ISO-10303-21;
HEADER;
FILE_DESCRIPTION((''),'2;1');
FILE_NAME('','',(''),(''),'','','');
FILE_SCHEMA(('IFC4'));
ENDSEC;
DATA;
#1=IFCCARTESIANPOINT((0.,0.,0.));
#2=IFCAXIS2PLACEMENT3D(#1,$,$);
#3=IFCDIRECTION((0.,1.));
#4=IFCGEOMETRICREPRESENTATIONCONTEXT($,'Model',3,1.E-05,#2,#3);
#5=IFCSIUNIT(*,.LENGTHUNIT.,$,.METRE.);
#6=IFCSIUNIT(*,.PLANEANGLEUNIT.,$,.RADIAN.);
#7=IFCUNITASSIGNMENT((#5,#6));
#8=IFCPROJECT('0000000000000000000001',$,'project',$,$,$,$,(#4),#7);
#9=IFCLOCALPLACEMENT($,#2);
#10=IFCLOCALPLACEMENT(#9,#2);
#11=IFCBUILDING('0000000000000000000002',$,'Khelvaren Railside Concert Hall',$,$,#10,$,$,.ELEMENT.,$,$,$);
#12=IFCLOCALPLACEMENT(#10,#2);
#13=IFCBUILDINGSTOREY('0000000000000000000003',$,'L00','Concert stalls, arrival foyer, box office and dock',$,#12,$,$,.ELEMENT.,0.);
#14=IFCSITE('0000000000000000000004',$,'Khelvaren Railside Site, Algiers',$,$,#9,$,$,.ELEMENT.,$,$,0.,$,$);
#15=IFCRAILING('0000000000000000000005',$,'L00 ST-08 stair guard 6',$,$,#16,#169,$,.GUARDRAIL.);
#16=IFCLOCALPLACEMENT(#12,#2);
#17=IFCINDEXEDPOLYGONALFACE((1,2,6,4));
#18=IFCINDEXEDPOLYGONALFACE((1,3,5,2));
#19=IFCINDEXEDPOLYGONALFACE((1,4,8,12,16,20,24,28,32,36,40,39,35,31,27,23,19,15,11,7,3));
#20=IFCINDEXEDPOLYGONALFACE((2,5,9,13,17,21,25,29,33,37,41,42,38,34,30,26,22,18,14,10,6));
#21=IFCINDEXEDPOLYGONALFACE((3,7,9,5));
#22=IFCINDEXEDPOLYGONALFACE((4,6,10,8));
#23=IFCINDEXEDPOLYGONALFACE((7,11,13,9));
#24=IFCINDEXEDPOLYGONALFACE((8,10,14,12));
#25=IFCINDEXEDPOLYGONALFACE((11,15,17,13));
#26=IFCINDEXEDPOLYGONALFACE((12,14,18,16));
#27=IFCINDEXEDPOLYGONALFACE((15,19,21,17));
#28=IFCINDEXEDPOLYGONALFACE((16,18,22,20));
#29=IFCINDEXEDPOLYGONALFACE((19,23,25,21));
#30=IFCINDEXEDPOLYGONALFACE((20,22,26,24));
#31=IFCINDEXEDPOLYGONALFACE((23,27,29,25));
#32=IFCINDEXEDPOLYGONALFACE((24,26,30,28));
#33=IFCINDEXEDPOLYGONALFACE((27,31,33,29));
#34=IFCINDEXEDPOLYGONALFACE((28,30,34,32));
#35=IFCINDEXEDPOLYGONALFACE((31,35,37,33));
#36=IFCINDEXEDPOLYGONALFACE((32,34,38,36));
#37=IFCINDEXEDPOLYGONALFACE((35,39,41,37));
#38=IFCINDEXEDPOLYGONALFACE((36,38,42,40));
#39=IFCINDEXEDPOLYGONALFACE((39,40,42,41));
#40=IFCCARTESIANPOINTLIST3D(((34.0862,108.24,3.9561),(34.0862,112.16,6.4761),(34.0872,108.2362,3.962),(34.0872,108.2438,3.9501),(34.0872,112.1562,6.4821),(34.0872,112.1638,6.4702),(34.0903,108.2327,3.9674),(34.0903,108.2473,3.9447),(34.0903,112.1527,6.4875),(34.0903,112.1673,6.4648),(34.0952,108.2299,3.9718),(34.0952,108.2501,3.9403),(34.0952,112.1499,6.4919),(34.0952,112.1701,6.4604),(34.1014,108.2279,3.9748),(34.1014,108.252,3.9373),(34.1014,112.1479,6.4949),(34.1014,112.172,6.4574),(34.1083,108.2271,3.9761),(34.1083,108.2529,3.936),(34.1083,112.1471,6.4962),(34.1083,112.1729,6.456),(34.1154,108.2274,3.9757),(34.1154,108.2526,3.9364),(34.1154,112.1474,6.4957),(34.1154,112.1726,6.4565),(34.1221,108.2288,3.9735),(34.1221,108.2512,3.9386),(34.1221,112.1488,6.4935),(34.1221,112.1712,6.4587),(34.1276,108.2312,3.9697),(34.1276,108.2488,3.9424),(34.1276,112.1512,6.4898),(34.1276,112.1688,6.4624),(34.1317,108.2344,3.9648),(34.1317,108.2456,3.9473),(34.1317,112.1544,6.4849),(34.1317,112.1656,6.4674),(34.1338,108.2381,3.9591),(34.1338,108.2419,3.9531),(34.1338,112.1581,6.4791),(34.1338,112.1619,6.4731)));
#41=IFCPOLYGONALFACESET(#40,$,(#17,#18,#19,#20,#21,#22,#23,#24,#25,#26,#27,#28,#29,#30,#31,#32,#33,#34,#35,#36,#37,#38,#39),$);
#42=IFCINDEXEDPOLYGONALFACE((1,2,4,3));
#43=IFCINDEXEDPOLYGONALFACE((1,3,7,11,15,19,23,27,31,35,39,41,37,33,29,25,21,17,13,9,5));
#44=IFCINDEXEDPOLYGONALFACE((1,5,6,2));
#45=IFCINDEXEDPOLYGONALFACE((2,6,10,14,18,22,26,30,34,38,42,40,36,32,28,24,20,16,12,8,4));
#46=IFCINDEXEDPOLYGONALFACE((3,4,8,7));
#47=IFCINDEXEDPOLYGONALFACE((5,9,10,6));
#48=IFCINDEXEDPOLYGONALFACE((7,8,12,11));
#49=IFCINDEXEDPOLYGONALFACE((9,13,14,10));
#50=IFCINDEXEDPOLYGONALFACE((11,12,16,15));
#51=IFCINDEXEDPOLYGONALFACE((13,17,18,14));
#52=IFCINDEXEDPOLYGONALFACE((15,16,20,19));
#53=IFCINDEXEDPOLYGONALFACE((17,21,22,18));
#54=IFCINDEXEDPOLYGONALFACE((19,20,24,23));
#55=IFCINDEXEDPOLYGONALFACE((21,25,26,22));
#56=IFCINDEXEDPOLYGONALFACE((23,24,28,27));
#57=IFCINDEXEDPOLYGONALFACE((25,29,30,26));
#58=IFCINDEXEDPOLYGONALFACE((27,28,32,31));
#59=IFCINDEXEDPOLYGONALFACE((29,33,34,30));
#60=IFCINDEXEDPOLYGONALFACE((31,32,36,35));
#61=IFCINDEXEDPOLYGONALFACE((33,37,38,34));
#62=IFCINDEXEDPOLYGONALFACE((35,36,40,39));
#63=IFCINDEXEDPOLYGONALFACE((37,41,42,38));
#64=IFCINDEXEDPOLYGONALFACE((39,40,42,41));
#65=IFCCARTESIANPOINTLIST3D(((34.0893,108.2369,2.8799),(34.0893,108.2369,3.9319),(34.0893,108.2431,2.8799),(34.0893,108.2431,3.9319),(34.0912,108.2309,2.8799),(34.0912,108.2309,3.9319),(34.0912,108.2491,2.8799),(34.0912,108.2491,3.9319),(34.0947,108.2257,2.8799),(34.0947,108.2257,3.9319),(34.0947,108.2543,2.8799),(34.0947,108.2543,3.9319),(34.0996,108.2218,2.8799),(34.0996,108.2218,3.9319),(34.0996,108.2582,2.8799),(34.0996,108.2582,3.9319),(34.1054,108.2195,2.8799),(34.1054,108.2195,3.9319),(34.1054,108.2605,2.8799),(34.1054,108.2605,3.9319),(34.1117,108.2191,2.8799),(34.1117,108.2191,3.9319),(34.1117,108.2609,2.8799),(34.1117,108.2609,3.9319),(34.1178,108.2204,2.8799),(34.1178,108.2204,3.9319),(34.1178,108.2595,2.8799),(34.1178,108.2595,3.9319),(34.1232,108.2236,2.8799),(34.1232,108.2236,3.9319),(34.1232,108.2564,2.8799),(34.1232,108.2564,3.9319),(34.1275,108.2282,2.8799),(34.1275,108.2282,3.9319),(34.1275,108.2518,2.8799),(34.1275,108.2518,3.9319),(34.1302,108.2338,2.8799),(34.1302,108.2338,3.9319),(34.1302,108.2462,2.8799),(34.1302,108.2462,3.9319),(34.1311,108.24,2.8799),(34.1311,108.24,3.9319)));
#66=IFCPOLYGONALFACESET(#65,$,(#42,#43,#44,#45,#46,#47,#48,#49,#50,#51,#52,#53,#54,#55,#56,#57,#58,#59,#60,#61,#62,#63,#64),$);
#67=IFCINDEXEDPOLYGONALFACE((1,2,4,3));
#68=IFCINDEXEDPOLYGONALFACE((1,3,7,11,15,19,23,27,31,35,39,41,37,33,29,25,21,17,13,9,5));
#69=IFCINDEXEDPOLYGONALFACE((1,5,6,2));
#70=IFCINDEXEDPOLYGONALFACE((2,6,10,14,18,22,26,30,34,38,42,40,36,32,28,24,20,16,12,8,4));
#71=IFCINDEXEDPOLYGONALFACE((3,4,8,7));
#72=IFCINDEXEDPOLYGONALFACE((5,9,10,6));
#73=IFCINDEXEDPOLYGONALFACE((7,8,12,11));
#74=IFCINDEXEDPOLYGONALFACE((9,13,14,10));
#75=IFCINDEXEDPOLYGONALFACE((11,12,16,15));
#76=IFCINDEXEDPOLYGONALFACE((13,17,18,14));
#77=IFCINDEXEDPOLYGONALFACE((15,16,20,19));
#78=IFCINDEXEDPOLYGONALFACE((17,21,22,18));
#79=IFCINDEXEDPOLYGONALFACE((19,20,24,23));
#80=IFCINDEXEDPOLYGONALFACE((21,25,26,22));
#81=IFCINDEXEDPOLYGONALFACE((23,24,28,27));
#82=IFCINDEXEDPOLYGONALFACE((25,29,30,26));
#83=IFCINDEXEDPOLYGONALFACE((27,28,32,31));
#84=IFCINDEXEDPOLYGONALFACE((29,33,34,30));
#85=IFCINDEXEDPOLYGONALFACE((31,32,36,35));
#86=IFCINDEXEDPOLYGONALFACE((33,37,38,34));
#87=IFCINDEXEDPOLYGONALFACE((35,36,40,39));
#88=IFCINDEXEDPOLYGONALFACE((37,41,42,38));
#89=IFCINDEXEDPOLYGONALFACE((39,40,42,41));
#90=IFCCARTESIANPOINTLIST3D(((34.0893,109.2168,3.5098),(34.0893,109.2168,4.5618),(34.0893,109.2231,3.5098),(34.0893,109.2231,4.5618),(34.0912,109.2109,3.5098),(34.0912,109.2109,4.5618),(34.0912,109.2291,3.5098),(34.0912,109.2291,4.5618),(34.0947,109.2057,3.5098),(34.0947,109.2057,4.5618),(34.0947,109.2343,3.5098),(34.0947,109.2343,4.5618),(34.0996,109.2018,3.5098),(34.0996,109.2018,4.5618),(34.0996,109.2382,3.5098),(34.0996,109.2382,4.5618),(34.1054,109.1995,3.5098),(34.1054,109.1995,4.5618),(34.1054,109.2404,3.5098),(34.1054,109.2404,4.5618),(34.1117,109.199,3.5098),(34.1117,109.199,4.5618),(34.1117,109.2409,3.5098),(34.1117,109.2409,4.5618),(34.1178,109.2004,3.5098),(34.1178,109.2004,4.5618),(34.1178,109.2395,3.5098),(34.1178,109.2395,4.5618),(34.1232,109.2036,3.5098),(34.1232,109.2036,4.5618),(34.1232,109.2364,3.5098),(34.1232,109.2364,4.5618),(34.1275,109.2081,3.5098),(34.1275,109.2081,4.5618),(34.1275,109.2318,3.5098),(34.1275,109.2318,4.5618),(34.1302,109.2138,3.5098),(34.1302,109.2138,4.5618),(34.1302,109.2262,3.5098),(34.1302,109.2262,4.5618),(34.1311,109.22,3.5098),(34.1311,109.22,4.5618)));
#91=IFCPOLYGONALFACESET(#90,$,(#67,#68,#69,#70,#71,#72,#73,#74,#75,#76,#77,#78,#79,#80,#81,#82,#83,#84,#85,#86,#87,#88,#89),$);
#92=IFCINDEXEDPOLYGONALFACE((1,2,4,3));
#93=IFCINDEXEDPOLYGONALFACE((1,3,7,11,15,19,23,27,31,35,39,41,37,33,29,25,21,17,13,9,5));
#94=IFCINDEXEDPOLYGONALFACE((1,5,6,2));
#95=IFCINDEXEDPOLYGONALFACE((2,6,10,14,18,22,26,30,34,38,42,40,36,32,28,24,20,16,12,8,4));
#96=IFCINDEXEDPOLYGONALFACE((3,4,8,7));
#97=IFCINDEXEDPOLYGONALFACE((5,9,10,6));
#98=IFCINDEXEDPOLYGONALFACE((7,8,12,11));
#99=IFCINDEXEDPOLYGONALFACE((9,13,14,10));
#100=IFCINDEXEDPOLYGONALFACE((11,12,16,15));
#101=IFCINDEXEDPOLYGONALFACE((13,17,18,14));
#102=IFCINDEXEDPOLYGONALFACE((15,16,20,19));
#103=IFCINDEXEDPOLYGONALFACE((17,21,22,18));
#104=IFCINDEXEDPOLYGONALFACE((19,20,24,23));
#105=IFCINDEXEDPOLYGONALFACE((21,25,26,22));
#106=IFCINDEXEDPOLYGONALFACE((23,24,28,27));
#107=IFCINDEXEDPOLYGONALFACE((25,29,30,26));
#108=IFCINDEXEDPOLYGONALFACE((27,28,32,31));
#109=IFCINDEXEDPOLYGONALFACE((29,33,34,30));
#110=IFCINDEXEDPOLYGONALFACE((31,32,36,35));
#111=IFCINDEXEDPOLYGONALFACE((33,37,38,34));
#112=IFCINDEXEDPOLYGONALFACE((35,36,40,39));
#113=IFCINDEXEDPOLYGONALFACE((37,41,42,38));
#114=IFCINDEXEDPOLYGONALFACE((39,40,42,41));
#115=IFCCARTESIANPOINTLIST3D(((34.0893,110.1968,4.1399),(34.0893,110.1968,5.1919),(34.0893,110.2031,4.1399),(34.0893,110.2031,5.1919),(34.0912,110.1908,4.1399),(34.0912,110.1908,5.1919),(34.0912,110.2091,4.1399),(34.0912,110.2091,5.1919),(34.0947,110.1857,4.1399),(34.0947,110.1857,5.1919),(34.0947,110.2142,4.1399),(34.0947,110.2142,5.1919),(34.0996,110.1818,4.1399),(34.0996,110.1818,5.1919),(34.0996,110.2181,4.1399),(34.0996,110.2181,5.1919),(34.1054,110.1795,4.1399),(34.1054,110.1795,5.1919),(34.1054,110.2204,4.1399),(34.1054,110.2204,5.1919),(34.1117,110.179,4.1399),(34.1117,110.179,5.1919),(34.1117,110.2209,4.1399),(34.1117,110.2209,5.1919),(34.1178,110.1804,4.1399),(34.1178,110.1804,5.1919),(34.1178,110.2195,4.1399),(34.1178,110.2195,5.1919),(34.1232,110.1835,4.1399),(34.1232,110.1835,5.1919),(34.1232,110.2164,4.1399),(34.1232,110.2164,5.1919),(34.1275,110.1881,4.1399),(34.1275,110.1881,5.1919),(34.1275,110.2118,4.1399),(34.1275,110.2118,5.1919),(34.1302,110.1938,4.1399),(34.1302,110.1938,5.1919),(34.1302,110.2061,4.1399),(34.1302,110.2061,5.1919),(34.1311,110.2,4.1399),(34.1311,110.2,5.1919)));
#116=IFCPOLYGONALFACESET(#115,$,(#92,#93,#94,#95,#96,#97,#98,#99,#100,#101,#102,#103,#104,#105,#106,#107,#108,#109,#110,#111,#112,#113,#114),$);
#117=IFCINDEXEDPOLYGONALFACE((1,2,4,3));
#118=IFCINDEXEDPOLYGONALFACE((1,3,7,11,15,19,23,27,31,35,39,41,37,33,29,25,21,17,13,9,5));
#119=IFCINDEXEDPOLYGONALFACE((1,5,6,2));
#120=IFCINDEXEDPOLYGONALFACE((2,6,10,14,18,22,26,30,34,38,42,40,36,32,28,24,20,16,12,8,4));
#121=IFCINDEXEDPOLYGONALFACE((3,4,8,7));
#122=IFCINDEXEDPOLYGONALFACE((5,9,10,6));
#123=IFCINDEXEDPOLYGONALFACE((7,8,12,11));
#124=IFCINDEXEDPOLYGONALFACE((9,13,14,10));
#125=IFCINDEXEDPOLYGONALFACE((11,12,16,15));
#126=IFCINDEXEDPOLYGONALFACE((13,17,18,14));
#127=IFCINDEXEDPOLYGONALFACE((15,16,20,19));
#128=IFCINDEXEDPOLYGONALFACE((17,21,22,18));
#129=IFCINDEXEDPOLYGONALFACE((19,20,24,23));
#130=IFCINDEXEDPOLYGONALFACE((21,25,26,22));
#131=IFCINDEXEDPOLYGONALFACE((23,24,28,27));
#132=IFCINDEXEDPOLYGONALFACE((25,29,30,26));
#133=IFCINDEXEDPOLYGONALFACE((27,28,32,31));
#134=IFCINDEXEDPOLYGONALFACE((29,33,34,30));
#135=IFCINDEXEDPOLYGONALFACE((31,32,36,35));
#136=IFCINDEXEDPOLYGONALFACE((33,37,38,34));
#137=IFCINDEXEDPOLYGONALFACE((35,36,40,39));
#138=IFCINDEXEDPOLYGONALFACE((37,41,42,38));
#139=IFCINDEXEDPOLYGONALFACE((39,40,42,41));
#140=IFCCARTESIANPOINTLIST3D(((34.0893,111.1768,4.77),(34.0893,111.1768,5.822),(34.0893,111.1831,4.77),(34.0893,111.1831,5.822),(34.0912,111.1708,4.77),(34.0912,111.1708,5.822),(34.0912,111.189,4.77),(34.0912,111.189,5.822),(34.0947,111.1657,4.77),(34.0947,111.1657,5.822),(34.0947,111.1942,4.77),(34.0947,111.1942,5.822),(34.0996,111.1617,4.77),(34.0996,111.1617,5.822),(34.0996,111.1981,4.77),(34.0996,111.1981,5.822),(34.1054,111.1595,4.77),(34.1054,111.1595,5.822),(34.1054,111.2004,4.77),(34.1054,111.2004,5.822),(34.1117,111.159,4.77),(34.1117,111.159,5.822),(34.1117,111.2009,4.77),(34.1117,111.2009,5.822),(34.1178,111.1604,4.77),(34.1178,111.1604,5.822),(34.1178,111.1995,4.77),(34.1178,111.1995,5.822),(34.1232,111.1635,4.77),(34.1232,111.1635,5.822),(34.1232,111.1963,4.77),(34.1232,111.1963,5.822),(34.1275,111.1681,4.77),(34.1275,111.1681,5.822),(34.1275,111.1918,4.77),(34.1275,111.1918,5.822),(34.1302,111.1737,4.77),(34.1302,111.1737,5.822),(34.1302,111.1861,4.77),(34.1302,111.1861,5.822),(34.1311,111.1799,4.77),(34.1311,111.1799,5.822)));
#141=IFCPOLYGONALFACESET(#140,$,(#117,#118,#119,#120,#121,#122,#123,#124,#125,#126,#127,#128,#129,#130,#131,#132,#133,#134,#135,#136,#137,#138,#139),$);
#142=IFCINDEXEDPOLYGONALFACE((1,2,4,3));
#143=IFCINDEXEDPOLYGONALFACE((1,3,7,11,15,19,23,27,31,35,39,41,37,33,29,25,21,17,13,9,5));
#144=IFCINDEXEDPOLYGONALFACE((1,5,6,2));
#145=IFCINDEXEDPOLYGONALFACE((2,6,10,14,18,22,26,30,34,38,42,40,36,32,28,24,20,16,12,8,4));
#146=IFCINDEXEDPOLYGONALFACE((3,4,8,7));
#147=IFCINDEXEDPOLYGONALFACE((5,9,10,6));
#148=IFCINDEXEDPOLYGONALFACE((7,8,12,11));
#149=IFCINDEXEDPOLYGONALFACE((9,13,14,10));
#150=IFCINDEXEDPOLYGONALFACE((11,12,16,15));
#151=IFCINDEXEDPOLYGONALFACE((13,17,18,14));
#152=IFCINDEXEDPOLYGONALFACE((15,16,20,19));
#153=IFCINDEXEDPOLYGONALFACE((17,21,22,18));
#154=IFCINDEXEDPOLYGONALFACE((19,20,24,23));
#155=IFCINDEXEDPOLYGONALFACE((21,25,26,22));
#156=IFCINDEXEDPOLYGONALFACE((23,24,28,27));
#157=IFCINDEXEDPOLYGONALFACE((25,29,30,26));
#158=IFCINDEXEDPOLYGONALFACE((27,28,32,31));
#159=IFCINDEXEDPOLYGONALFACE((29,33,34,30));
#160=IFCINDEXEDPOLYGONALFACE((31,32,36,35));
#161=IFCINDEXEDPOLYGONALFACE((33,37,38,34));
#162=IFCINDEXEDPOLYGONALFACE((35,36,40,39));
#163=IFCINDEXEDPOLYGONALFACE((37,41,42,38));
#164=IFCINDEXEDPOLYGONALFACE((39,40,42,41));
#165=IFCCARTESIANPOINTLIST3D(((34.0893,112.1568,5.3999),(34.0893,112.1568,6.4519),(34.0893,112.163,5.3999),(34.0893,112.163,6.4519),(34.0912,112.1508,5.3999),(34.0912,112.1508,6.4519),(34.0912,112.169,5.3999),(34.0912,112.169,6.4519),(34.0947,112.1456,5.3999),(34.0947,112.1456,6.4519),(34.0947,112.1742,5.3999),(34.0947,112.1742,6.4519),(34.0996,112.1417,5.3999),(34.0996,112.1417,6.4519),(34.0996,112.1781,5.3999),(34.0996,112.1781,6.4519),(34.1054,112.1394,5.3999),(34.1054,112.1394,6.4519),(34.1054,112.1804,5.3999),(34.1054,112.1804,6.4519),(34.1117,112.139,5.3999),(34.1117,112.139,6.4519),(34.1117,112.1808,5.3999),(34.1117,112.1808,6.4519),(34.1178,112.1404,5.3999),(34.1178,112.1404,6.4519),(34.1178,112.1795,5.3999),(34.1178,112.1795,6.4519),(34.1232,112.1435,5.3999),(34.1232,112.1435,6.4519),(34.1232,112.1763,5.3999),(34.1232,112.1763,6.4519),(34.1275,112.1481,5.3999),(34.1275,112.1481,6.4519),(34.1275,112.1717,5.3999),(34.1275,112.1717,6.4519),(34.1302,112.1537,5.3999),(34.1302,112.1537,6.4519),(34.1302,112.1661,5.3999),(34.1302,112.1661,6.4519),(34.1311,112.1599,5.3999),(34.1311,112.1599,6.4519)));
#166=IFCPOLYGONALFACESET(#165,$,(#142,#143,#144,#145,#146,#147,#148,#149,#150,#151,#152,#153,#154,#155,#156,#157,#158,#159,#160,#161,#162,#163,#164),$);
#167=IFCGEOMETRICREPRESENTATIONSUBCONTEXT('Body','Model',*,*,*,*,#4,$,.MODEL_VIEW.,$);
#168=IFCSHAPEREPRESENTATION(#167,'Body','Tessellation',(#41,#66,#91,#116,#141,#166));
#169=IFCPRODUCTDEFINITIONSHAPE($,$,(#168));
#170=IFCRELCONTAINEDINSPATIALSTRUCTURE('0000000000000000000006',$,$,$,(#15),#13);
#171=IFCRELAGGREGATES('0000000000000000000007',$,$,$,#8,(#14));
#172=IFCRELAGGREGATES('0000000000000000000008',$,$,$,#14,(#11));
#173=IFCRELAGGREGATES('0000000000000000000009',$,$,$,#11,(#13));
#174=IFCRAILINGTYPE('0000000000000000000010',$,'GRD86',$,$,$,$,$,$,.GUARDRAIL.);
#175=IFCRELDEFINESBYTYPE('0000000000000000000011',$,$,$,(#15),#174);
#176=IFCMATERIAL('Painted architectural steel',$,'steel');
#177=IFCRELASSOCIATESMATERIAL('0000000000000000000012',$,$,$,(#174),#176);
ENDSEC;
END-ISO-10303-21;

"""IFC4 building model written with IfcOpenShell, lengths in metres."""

from ifc_helpers import new_model, si_unit, direction, frame, origin, origin_2d, place, context, subcontext, project, spatial, circle, extrude, material, type_object, element, save


model = new_model("IFC4")

# Units and contexts
model_context = context("Model", 3, precision=1e-05, world=origin(), true_north=direction((0.0, 1.0)))
body_context = subcontext(model_context, "Body", "Model", "MODEL_VIEW")
ifc_project = project(units=[si_unit("LENGTHUNIT", "METRE"), si_unit("PLANEANGLEUNIT", "RADIAN")], contexts=[model_context])

# Site, building, storey
site_placement = place(None, origin())
site = spatial("IfcSite", under=ifc_project, at=site_placement, Name="Khelvaren Railside Site, Algiers", CompositionType="ELEMENT", RefElevation=0.0)
building_placement = place(site_placement, origin())
building = spatial("IfcBuilding", under=site, at=building_placement, Name="Khelvaren Railside Concert Hall", CompositionType="ELEMENT")
storey_placement = place(building_placement, origin())
storey = spatial("IfcBuildingStorey", under=building, at=storey_placement, Name="L00", Description="Concert stalls, arrival foyer, box office and dock", CompositionType="ELEMENT", Elevation=0.0)

# Railing
ifc_material_1 = material(Name="Painted architectural steel", Category="steel")
railing_type_1 = type_object("IfcRailingType", Name="GRD86", PredefinedType="GUARDRAIL", material=ifc_material_1)
railing_1_placement = place(storey_placement, frame((34.1101, 108.24, 2.8799)))
element("IfcRailing", 1, at=railing_1_placement, inside=storey, type_object=railing_type_1, Name="L00 ST-08 stair guard 6", PredefinedType="GUARDRAIL", context=body_context, shape_type="SweptSolid", body=[
    extrude(circle(Radius=0.0239, at=origin_2d()), frame((0.0, 0.0, 1.0762), z_axis=(0.0, 0.841172, 0.540768), x_axis=(-1.0, 0.0, 0.0)), (0.0, 0.0, 1.0), 4.6602),
    extrude(circle(Radius=0.021, at=origin_2d()), origin(), (0.0, 0.0, 1.0), 1.052),
    extrude(circle(Radius=0.021, at=origin_2d()), frame((0.0, 0.98, 0.6299)), (0.0, 0.0, 1.0), 1.052),
    extrude(circle(Radius=0.021, at=origin_2d()), frame((0.0, 1.96, 1.26)), (0.0, 0.0, 1.0), 1.052),
    extrude(circle(Radius=0.021, at=origin_2d()), frame((0.0, 2.9399, 1.8901)), (0.0, 0.0, 1.0), 1.052),
    extrude(circle(Radius=0.021, at=origin_2d()), frame((0.0, 3.9199, 2.52)), (0.0, 0.0, 1.0), 1.052),
])

save(model, "model.ifc")
